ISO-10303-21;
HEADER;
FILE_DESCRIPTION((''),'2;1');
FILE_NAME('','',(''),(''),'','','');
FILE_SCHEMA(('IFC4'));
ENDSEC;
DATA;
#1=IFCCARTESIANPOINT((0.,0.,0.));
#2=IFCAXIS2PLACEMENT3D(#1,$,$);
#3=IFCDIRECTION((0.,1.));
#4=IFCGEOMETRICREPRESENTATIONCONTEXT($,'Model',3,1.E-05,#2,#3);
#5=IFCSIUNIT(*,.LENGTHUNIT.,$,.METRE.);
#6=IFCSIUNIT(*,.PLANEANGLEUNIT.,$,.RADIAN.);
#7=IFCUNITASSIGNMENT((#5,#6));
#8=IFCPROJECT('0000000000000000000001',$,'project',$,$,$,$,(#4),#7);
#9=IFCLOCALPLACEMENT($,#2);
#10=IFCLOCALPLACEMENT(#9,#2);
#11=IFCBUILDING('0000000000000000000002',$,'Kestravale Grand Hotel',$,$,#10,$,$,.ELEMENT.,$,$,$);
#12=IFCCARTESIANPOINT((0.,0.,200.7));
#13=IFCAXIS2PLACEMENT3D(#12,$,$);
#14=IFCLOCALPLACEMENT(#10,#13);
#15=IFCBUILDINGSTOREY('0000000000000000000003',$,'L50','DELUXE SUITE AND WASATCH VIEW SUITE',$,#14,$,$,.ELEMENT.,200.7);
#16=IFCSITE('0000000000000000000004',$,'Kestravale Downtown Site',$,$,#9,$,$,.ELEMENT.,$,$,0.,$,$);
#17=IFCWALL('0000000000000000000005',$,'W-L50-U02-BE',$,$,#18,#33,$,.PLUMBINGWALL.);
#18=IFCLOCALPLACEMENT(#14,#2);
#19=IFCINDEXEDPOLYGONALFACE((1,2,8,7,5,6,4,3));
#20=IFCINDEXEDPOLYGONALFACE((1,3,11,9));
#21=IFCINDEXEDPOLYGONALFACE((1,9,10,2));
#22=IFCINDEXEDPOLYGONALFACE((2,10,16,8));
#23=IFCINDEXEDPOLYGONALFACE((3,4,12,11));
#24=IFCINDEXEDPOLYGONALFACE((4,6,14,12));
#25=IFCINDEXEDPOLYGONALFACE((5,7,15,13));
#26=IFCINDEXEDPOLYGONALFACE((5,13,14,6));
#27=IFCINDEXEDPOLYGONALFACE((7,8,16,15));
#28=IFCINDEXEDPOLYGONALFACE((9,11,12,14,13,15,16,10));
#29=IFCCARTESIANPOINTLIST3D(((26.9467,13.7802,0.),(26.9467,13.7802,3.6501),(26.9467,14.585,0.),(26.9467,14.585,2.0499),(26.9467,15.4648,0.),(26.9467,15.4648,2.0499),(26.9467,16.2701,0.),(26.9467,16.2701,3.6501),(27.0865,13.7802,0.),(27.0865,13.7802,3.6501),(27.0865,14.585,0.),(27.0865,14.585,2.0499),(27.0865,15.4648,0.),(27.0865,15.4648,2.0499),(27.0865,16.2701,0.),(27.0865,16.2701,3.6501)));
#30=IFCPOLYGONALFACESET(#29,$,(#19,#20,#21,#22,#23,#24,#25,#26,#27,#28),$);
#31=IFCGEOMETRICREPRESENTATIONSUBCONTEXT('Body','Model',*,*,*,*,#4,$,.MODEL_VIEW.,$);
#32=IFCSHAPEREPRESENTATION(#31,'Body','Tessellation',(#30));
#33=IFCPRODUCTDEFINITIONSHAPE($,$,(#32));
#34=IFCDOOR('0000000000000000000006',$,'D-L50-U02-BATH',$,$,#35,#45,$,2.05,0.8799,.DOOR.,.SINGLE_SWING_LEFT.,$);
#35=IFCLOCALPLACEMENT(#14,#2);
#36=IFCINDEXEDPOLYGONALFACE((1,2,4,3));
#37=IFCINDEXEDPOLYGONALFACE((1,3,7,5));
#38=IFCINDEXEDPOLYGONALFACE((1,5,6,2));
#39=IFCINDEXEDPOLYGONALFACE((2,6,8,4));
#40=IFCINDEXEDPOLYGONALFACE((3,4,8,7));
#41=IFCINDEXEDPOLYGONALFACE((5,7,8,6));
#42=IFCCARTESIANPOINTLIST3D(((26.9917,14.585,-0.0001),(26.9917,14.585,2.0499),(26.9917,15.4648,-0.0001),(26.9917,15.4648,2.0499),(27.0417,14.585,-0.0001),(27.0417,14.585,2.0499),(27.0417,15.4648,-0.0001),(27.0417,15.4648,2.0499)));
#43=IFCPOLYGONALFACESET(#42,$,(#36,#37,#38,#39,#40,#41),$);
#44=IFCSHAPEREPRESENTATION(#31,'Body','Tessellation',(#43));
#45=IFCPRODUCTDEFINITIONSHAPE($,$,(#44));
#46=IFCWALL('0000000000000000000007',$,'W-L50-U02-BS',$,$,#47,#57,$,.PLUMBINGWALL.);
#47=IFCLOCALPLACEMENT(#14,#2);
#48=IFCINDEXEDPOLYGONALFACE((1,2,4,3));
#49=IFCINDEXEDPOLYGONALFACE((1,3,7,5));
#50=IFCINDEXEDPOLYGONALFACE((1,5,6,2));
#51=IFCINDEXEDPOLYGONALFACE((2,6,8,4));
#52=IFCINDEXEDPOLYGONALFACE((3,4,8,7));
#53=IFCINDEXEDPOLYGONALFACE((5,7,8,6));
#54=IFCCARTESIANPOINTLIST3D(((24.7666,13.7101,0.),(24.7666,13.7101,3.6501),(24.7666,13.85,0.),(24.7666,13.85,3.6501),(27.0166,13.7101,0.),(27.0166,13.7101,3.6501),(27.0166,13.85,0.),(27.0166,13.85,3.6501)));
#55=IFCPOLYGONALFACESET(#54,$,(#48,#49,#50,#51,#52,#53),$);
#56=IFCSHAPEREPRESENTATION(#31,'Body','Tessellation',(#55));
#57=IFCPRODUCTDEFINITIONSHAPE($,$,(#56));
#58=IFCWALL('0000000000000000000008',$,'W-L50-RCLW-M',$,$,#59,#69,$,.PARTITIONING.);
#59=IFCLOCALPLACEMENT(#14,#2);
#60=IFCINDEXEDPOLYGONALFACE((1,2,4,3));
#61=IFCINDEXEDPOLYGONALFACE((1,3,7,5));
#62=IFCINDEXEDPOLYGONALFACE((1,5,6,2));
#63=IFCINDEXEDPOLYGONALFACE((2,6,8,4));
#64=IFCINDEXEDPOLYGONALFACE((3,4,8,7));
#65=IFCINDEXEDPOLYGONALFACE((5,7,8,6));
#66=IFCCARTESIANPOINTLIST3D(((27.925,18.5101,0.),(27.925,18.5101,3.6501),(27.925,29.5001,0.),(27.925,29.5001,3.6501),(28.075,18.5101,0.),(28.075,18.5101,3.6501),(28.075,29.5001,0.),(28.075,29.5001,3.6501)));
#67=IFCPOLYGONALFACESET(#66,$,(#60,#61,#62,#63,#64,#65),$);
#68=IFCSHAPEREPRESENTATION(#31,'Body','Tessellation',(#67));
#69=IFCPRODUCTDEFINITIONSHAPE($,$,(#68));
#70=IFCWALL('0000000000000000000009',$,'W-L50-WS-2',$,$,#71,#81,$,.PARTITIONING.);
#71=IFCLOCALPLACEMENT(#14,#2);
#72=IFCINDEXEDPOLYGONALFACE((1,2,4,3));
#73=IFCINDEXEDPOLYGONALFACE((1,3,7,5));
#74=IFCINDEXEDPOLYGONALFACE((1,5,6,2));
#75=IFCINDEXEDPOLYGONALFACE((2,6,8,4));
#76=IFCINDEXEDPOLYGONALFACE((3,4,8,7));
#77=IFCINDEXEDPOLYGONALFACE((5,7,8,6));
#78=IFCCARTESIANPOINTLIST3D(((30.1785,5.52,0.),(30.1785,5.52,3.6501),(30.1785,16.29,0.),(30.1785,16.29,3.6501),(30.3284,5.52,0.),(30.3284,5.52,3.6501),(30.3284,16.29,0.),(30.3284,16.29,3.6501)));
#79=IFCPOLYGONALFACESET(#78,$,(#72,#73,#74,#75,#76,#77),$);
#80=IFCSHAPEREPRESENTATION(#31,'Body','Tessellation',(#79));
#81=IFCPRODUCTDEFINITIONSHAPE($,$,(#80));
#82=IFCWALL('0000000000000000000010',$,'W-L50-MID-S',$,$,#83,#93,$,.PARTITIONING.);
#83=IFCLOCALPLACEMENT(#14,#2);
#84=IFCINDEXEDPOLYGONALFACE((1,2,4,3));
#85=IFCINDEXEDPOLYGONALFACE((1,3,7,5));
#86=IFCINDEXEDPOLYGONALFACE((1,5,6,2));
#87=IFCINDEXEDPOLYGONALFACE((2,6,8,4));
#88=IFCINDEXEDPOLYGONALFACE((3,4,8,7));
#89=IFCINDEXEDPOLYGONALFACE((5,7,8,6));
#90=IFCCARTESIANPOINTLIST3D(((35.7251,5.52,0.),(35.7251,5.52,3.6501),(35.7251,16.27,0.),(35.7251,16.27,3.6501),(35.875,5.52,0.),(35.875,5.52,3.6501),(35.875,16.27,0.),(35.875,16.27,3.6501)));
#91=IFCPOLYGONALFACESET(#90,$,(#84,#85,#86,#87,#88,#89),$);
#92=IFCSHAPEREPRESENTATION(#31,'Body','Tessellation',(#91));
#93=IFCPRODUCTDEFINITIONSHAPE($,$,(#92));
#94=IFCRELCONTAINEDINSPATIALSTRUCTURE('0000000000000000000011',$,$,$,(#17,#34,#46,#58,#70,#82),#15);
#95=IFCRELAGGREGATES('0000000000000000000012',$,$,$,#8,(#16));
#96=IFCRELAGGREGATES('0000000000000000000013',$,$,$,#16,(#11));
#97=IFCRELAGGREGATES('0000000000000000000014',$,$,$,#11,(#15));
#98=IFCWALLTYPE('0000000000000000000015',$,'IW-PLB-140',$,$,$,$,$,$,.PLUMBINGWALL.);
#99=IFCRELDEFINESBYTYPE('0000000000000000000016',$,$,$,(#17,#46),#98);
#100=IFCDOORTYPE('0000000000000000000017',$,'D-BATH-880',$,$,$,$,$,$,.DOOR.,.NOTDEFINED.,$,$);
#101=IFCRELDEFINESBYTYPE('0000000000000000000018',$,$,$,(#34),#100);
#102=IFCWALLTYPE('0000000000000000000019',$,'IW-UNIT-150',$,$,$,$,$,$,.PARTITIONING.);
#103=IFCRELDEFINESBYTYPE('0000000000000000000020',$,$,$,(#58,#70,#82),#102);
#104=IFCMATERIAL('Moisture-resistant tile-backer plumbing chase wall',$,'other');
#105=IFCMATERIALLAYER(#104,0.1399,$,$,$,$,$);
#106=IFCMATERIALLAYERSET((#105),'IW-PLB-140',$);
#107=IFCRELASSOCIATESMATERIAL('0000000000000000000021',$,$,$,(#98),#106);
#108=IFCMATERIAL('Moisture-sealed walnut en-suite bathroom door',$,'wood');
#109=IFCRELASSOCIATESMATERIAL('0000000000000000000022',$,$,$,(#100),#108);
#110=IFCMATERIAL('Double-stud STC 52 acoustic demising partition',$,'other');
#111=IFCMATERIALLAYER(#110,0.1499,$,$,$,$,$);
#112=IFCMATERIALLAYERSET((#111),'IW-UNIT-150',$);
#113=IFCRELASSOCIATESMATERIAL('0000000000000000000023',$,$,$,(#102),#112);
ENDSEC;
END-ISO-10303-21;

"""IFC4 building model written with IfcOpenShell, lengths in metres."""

from ifc_helpers import new_model, si_unit, direction, frame, frame_2d, origin, place, context, subcontext, project, spatial, rectangle, extrude, material, layer, layer_set, type_object, element, fill, save


model = new_model("IFC4")

# Units and contexts
model_context = context("Model", 3, precision=1e-05, world=origin(), true_north=direction((0.0, 1.0)))
body_context = subcontext(model_context, "Body", "Model", "MODEL_VIEW")
ifc_project = project(units=[si_unit("LENGTHUNIT", "METRE"), si_unit("PLANEANGLEUNIT", "RADIAN")], contexts=[model_context])

# Site, building, storey
site_placement = place(None, origin())
site = spatial("IfcSite", under=ifc_project, at=site_placement, Name="Kestravale Downtown Site", CompositionType="ELEMENT", RefElevation=0.0)
building_placement = place(site_placement, origin())
building = spatial("IfcBuilding", under=site, at=building_placement, Name="Kestravale Grand Hotel", CompositionType="ELEMENT")
storey_placement = place(building_placement, frame((0.0, 0.0, 200.7)))
storey = spatial("IfcBuildingStorey", under=building, at=storey_placement, Name="L50", Description="DELUXE SUITE AND WASATCH VIEW SUITE", CompositionType="ELEMENT", Elevation=200.7)

# Wall, opening, door
ifc_material_1 = material(Name="Moisture-resistant tile-backer plumbing chase wall", Category="other")
ifc_layer_1 = layer(ifc_material_1, 0.1399)
ifc_layer_set_1 = layer_set([ifc_layer_1], Name="IW-PLB-140")
wall_type_1 = type_object("IfcWallType", Name="IW-PLB-140", PredefinedType="PLUMBINGWALL", material=ifc_layer_set_1)
wall_1_placement = place(storey_placement, frame((27.0166, 13.78, 0.0), z_axis=(0.0, 0.0, 1.0), x_axis=(0.0, 1.0, 0.0)))
wall_1 = element("IfcWall", 1, at=wall_1_placement, inside=storey, type_object=wall_type_1, Name="W-L50-U02-BE", PredefinedType="PLUMBINGWALL", context=body_context, shape_type="SweptSolid", body=[
    extrude(rectangle(XDim=2.49, YDim=0.1399, at=frame_2d((1.2451, 0.0))), origin(), (0.0, 0.0, 1.0), 3.6501),
])
opening_1_placement = place(wall_1_placement, frame((0.8049, 0.0, 0.0)))
opening_1 = element("IfcOpeningElement", 2, at=opening_1_placement, cuts=wall_1, PredefinedType="OPENING", context=body_context, shape_type="SweptSolid", body=[
    extrude(rectangle(XDim=0.8799, YDim=2.05, at=frame_2d((0.4399, 1.0249))), frame((0.0, 0.0798, 0.0), z_axis=(0.0, -1.0, 0.0), x_axis=(1.0, 0.0, 0.0)), (0.0, 0.0, 1.0), 0.1599),
])
ifc_material_2 = material(Name="Moisture-sealed walnut en-suite bathroom door", Category="wood")
door_type_1 = type_object("IfcDoorType", Name="D-BATH-880", OperationType="NOTDEFINED", PredefinedType="DOOR", material=ifc_material_2)
door_1_placement = place(opening_1_placement, origin())
door_1 = element("IfcDoor", 3, at=door_1_placement, inside=storey, type_object=door_type_1, Name="D-L50-U02-BATH", OperationType="SINGLE_SWING_LEFT", OverallHeight=2.05, OverallWidth=0.8799, PredefinedType="DOOR", context=body_context, shape_type="SweptSolid", body=[
    extrude(rectangle(XDim=0.8799, YDim=2.05, at=frame_2d((0.4399, 1.0249))), frame((0.0, 0.0249, 0.0), z_axis=(0.0, -1.0, 0.0), x_axis=(1.0, 0.0, 0.0)), (0.0, 0.0, 1.0), 0.05),
])
fill(opening_1, door_1)

# Walls
wall_2_placement = place(storey_placement, frame((24.7666, 13.78, 0.0), z_axis=(0.0, 0.0, 1.0), x_axis=(1.0, 0.0, 0.0)))
element("IfcWall", 4, at=wall_2_placement, inside=storey, type_object=wall_type_1, Name="W-L50-U02-BS", PredefinedType="PLUMBINGWALL", context=body_context, shape_type="SweptSolid", body=[
    extrude(rectangle(XDim=2.25, YDim=0.1399, at=frame_2d((1.125, 0.0))), origin(), (0.0, 0.0, 1.0), 3.6501),
])
ifc_material_3 = material(Name="Double-stud STC 52 acoustic demising partition", Category="other")
ifc_layer_2 = layer(ifc_material_3, 0.1499)
ifc_layer_set_2 = layer_set([ifc_layer_2], Name="IW-UNIT-150")
wall_type_2 = type_object("IfcWallType", Name="IW-UNIT-150", PredefinedType="PARTITIONING", material=ifc_layer_set_2)
wall_3_placement = place(storey_placement, frame((28.0, 18.51, 0.0), z_axis=(0.0, 0.0, 1.0), x_axis=(0.0, 1.0, 0.0)))
element("IfcWall", 5, at=wall_3_placement, inside=storey, type_object=wall_type_2, Name="W-L50-RCLW-M", PredefinedType="PARTITIONING", context=body_context, shape_type="SweptSolid", body=[
    extrude(rectangle(XDim=10.99, YDim=0.1499, at=frame_2d((5.4951, 0.0))), origin(), (0.0, 0.0, 1.0), 3.6501),
])
wall_4_placement = place(storey_placement, frame((30.2534, 5.52, 0.0), z_axis=(0.0, 0.0, 1.0), x_axis=(0.0, 1.0, 0.0)))
element("IfcWall", 6, at=wall_4_placement, inside=storey, type_object=wall_type_2, Name="W-L50-WS-2", PredefinedType="PARTITIONING", context=body_context, shape_type="SweptSolid", body=[
    extrude(rectangle(XDim=10.77, YDim=0.1499, at=frame_2d((5.385, 0.0))), origin(), (0.0, 0.0, 1.0), 3.6501),
])
wall_5_placement = place(storey_placement, frame((35.8, 5.52, 0.0), z_axis=(0.0, 0.0, 1.0), x_axis=(0.0, 1.0, 0.0)))
element("IfcWall", 7, at=wall_5_placement, inside=storey, type_object=wall_type_2, Name="W-L50-MID-S", PredefinedType="PARTITIONING", context=body_context, shape_type="SweptSolid", body=[
    extrude(rectangle(XDim=10.75, YDim=0.1499, at=frame_2d((5.375, 0.0))), origin(), (0.0, 0.0, 1.0), 3.6501),
])

save(model, "model.ifc")
